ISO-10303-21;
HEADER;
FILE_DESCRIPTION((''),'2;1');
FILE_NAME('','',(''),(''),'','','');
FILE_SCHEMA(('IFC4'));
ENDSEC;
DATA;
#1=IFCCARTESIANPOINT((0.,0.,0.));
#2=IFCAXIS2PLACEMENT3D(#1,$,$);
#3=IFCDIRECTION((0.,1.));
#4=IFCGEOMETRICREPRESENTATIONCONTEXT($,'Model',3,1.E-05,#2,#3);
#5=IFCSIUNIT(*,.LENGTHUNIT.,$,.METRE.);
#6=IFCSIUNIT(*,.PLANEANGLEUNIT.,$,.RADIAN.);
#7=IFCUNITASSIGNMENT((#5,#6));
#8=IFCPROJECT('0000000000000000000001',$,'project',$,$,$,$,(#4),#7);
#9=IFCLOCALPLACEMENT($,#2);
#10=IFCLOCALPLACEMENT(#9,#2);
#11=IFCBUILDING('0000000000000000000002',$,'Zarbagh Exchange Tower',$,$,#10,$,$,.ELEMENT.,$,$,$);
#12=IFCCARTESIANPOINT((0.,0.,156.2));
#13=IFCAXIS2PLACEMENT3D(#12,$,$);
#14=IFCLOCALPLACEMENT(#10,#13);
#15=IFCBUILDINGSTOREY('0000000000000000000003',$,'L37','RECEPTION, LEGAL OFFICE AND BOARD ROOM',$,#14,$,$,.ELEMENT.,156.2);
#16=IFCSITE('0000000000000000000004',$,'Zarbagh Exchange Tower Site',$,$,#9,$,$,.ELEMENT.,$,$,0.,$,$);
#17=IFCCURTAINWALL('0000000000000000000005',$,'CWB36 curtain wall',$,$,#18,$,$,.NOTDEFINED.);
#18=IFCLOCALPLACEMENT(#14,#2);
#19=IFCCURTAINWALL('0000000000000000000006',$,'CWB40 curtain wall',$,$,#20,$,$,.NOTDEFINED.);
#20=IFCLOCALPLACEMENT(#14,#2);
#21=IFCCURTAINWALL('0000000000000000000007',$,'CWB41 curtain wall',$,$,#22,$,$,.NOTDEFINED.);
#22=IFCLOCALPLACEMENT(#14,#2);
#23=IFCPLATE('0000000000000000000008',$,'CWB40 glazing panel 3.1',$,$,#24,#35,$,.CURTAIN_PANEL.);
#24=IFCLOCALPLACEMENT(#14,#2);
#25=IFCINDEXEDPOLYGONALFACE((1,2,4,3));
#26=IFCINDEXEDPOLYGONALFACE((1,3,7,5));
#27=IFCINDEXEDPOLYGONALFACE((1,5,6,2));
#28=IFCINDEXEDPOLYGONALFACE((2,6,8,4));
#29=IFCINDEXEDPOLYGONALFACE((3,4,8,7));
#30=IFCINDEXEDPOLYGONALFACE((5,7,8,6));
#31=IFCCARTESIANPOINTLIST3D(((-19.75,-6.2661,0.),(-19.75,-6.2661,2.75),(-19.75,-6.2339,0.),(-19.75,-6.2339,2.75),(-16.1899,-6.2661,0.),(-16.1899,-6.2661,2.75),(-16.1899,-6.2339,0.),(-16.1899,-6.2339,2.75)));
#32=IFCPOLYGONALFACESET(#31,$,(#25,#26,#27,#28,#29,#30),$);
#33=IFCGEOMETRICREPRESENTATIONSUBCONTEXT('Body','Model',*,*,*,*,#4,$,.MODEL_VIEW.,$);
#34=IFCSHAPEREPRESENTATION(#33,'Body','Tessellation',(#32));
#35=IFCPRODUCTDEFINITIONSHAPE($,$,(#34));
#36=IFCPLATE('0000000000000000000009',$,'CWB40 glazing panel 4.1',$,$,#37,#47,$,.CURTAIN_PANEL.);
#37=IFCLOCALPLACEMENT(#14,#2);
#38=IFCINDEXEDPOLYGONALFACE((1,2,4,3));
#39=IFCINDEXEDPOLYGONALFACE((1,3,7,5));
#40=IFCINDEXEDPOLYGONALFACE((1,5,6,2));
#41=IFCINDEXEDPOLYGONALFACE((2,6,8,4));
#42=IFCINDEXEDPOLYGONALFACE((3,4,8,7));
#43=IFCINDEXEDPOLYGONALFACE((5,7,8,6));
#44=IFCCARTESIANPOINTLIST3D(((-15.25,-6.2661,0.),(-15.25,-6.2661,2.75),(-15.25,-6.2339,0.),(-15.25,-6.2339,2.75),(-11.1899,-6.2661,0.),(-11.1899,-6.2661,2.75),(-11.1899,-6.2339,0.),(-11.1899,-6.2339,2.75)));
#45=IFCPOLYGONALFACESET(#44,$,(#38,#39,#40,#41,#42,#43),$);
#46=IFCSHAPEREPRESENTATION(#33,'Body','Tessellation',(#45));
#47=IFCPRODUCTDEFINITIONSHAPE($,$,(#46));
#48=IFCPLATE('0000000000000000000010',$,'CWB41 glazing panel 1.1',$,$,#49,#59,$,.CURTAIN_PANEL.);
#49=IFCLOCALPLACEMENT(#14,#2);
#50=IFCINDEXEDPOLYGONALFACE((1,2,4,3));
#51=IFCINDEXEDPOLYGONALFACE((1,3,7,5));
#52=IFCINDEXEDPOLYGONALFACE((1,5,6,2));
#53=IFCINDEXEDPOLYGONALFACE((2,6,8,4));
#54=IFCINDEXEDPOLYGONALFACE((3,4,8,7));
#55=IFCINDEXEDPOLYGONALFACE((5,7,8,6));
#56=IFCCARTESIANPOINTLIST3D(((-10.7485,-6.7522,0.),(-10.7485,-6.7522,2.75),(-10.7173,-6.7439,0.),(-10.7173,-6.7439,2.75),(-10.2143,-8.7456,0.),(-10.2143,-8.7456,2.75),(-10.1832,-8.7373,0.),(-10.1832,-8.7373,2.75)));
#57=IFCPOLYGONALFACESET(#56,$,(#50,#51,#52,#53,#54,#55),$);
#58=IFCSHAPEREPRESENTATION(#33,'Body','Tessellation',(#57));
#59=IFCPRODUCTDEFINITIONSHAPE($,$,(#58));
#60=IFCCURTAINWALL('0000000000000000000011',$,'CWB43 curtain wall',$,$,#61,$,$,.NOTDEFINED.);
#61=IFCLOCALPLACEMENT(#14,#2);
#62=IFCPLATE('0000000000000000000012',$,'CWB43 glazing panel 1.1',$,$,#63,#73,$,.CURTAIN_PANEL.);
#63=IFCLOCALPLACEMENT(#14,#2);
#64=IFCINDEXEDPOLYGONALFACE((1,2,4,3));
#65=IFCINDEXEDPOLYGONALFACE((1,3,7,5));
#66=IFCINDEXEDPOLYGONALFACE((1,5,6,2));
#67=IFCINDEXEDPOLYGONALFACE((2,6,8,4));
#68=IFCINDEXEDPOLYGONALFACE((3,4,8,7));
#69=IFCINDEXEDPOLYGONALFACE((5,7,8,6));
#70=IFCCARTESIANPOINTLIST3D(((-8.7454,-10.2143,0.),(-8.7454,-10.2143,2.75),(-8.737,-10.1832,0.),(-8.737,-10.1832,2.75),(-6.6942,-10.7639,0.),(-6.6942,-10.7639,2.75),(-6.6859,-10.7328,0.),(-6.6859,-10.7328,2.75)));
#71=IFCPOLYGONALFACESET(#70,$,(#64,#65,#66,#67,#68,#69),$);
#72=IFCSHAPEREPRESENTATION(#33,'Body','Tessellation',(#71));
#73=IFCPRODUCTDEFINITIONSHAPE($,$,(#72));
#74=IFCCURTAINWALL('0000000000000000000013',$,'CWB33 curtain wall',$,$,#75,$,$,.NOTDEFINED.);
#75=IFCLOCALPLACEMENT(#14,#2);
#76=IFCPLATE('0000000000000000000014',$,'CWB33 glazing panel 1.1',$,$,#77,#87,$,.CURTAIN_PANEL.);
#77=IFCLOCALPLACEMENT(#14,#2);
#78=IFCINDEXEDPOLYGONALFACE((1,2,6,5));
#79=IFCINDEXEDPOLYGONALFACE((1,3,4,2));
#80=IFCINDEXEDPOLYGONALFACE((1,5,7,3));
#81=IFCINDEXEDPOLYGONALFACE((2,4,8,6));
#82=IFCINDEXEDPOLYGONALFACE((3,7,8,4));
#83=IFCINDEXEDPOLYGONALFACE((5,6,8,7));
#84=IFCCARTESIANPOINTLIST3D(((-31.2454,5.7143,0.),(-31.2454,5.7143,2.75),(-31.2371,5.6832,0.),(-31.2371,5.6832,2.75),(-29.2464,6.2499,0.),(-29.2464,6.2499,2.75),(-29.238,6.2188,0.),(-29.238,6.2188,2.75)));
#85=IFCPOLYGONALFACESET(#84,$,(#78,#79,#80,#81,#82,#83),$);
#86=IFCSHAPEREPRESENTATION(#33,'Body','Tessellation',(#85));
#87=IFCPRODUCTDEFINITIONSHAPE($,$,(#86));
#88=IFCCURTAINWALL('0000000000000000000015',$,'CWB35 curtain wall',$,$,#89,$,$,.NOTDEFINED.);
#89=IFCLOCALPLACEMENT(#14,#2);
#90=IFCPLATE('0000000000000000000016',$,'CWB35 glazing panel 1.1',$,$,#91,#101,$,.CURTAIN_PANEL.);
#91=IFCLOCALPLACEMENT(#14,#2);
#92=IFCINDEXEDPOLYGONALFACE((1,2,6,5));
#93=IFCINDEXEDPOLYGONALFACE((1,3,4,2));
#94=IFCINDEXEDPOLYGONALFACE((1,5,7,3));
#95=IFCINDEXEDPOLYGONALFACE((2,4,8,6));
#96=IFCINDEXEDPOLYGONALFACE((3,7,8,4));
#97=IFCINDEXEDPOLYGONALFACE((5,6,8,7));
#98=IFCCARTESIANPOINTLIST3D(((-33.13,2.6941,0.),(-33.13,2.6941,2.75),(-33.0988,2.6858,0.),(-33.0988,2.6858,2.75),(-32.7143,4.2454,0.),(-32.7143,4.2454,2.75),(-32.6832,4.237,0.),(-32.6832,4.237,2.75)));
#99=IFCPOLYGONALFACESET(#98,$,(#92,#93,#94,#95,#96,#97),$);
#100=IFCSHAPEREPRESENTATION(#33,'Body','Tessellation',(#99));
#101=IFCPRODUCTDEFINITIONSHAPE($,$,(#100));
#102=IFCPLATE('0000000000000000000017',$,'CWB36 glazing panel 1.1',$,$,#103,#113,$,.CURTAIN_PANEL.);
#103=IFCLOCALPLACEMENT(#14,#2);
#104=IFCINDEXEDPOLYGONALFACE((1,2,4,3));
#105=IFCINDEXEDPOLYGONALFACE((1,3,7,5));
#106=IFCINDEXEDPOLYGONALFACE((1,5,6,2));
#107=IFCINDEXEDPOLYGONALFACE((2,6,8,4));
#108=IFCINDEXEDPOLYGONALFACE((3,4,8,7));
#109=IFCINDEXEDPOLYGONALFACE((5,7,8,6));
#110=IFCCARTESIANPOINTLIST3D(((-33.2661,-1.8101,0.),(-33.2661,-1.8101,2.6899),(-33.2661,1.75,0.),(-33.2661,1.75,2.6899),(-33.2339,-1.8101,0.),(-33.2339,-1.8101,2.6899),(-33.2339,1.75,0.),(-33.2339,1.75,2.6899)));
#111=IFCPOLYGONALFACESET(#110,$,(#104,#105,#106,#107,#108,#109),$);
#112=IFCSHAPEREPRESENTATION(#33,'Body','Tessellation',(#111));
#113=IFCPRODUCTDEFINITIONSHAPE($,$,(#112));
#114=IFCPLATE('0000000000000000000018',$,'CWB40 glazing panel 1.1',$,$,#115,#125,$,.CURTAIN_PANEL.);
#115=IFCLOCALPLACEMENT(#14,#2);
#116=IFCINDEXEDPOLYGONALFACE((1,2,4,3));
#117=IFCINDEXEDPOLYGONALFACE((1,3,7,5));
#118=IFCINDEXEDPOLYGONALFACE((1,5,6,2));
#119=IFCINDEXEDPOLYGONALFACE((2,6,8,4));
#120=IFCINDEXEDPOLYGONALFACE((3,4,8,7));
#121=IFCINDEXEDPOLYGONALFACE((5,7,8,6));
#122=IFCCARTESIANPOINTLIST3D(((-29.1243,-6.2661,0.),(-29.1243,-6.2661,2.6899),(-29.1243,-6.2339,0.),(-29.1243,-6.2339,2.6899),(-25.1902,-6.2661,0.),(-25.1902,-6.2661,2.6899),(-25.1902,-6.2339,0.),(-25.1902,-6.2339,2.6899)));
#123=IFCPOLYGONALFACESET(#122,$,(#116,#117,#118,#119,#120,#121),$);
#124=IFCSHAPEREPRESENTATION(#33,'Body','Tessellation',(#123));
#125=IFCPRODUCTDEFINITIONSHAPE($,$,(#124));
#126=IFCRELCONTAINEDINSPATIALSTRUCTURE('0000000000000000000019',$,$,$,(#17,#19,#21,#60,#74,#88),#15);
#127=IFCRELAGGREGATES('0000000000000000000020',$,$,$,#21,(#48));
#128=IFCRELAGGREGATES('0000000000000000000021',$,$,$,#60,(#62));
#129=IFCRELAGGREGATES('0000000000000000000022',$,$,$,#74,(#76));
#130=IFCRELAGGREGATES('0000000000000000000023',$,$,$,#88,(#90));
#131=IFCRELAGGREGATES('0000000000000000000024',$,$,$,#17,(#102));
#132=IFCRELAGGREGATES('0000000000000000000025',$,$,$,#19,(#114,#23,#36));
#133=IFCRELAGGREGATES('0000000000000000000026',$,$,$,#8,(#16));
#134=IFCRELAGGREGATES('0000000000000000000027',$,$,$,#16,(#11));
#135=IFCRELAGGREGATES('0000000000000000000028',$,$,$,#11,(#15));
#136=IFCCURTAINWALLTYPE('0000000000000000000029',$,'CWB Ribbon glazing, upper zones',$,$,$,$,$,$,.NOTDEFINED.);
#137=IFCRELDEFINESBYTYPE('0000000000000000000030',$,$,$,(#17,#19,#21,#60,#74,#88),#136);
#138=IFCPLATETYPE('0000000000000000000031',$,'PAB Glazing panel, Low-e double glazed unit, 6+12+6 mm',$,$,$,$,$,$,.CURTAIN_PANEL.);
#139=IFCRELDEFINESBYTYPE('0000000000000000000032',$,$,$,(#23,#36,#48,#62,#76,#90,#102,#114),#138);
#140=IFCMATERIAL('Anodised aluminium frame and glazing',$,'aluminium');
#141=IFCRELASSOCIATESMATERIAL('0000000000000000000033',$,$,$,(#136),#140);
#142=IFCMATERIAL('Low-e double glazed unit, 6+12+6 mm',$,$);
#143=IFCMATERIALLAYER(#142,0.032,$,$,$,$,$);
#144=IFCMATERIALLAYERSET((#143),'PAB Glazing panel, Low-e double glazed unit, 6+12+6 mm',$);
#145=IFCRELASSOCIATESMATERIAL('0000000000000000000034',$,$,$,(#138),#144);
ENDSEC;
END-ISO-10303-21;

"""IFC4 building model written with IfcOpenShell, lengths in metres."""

from ifc_helpers import new_model, si_unit, direction, frame, origin, place, context, subcontext, project, spatial, polyline, outline, extrude, source, transform, mapped, material, layer, layer_set, type_object, element, aggregate, save


model = new_model("IFC4")

# Units and contexts
model_context = context("Model", 3, precision=1e-05, world=origin(), true_north=direction((0.0, 1.0)))
body_context = subcontext(model_context, "Body", "Model", "MODEL_VIEW")
ifc_project = project(units=[si_unit("LENGTHUNIT", "METRE"), si_unit("PLANEANGLEUNIT", "RADIAN")], contexts=[model_context])

# Site, building, storey
site_placement = place(None, origin())
site = spatial("IfcSite", under=ifc_project, at=site_placement, Name="Zarbagh Exchange Tower Site", CompositionType="ELEMENT", RefElevation=0.0)
building_placement = place(site_placement, origin())
building = spatial("IfcBuilding", under=site, at=building_placement, Name="Zarbagh Exchange Tower", CompositionType="ELEMENT")
storey_placement = place(building_placement, frame((0.0, 0.0, 156.2)))
storey = spatial("IfcBuildingStorey", under=building, at=storey_placement, Name="L37", Description="RECEPTION, LEGAL OFFICE AND BOARD ROOM", CompositionType="ELEMENT", Elevation=156.2)

# Curtain wall
ifc_material_1 = material(Name="Anodised aluminium frame and glazing", Category="aluminium")
curtain_wall_type = type_object("IfcCurtainWallType", Name="CWB Ribbon glazing, upper zones", PredefinedType="NOTDEFINED", material=ifc_material_1)
curtain_wall_1_placement = place(storey_placement, origin())
curtain_wall_1 = element("IfcCurtainWall", 1, at=curtain_wall_1_placement, inside=storey, type_object=curtain_wall_type, Name="CWB36 curtain wall", PredefinedType="NOTDEFINED")
placement = place(storey_placement, origin())

# Curtain wall
curtain_wall_2_placement = place(storey_placement, origin())
curtain_wall_2 = element("IfcCurtainWall", 2, at=curtain_wall_2_placement, inside=storey, type_object=curtain_wall_type, Name="CWB40 curtain wall", PredefinedType="NOTDEFINED")

# Curtain wall
curtain_wall_3_placement = place(storey_placement, origin())
curtain_wall_3 = element("IfcCurtainWall", 3, at=curtain_wall_3_placement, inside=storey, type_object=curtain_wall_type, Name="CWB41 curtain wall", PredefinedType="NOTDEFINED")

# Shared definitions
ifc_material_2 = material(Name="Low-e double glazed unit, 6+12+6 mm")
ifc_layer = layer(ifc_material_2, 0.032)
ifc_layer_set = layer_set([ifc_layer], Name="PAB Glazing panel, Low-e double glazed unit, 6+12+6 mm")
plate_type = type_object("IfcPlateType", Name="PAB Glazing panel, Low-e double glazed unit, 6+12+6 mm", PredefinedType="CURTAIN_PANEL", material=ifc_layer_set)

# Plates
shared_shape_1 = source(origin(), body_context, "Body", "SweptSolid", [
    extrude(outline(polyline([(0.0, -0.0161), (3.5601, -0.0161), (3.5601, 0.0161), (0.0, 0.0161), (0.0, -0.0161)])), origin(), (0.0, 0.0, 1.0), 2.75),
])
plate_1 = element("IfcPlate", 4, at=placement, type_object=plate_type, Name="CWB40 glazing panel 3.1", PredefinedType="CURTAIN_PANEL", context=body_context, shape_type="MappedRepresentation", body=[
    mapped(shared_shape_1, transform((-19.75, -6.25, 0.0), x_axis=(1.0, 0.0, 0.0), y_axis=(0.0, 1.0, 0.0), z_axis=(0.0, 0.0, 1.0))),
])
shared_shape_2 = source(origin(), body_context, "Body", "SweptSolid", [
    extrude(outline(polyline([(0.0, -0.0161), (4.0601, -0.0161), (4.0601, 0.0161), (0.0, 0.0161), (0.0, -0.0161)])), origin(), (0.0, 0.0, 1.0), 2.75),
])
plate_2 = element("IfcPlate", 5, at=placement, type_object=plate_type, Name="CWB40 glazing panel 4.1", PredefinedType="CURTAIN_PANEL", context=body_context, shape_type="MappedRepresentation", body=[
    mapped(shared_shape_2, transform((-15.25, -6.25, 0.0), x_axis=(1.0, 0.0, 0.0), y_axis=(0.0, 1.0, 0.0), z_axis=(0.0, 0.0, 1.0))),
])
shared_shape_3 = source(origin(), body_context, "Body", "SweptSolid", [
    extrude(outline(polyline([(0.0, -0.0161), (2.0637, -0.0161), (2.0637, 0.0161), (0.0, 0.0161), (0.0, -0.0161)])), origin(), (0.0, 0.0, 1.0), 2.75),
])
plate_3 = element("IfcPlate", 6, at=placement, type_object=plate_type, Name="CWB41 glazing panel 1.1", PredefinedType="CURTAIN_PANEL", context=body_context, shape_type="MappedRepresentation", body=[
    mapped(shared_shape_3, transform((-10.7329, -6.748, 0.0), x_axis=(0.258825, -0.965924, 0.0), y_axis=(0.965924, 0.258825, 0.0), z_axis=(0.0, 0.0, 1.0))),
])
aggregate(curtain_wall_3, [plate_3])

# Curtain walls, plates
curtain_wall_4_placement = place(storey_placement, origin())
curtain_wall_4 = element("IfcCurtainWall", 7, at=curtain_wall_4_placement, inside=storey, type_object=curtain_wall_type, Name="CWB43 curtain wall", PredefinedType="NOTDEFINED")
shared_shape_4 = source(origin(), body_context, "Body", "SweptSolid", [
    extrude(outline(polyline([(0.0, -0.0161), (2.1235, -0.0161), (2.1235, 0.0161), (0.0, 0.0161), (0.0, -0.0161)])), origin(), (0.0, 0.0, 1.0), 2.75),
])
plate_4 = element("IfcPlate", 8, at=placement, type_object=plate_type, Name="CWB43 glazing panel 1.1", PredefinedType="CURTAIN_PANEL", context=body_context, shape_type="MappedRepresentation", body=[
    mapped(shared_shape_4, transform((-8.7412, -10.1987, 0.0), x_axis=(0.965924, -0.258825, 0.0), y_axis=(0.258825, 0.965924, 0.0), z_axis=(0.0, 0.0, 1.0))),
])
aggregate(curtain_wall_4, [plate_4])
curtain_wall_5_placement = place(storey_placement, origin())
curtain_wall_5 = element("IfcCurtainWall", 9, at=curtain_wall_5_placement, inside=storey, type_object=curtain_wall_type, Name="CWB33 curtain wall", PredefinedType="NOTDEFINED")
shared_shape_5 = source(origin(), body_context, "Body", "SweptSolid", [
    extrude(outline(polyline([(0.0, -0.0161), (2.0696, -0.0161), (2.0696, 0.0161), (0.0, 0.0161), (0.0, -0.0161)])), origin(), (0.0, 0.0, 1.0), 2.75),
])
plate_5 = element("IfcPlate", 10, at=placement, type_object=plate_type, Name="CWB33 glazing panel 1.1", PredefinedType="CURTAIN_PANEL", context=body_context, shape_type="MappedRepresentation", body=[
    mapped(shared_shape_5, transform((-29.2422, 6.2344, 0.0), x_axis=(-0.965924, -0.258825, 0.0), y_axis=(0.258825, -0.965924, 0.0), z_axis=(0.0, 0.0, 1.0))),
])
aggregate(curtain_wall_5, [plate_5])
curtain_wall_6_placement = place(storey_placement, origin())
curtain_wall_6 = element("IfcCurtainWall", 11, at=curtain_wall_6_placement, inside=storey, type_object=curtain_wall_type, Name="CWB35 curtain wall", PredefinedType="NOTDEFINED")
shared_shape_6 = source(origin(), body_context, "Body", "SweptSolid", [
    extrude(outline(polyline([(0.0, -0.0161), (1.606, -0.0161), (1.606, 0.0161), (0.0, 0.0161), (0.0, -0.0161)])), origin(), (0.0, 0.0, 1.0), 2.75),
])
plate_6 = element("IfcPlate", 12, at=placement, type_object=plate_type, Name="CWB35 glazing panel 1.1", PredefinedType="CURTAIN_PANEL", context=body_context, shape_type="MappedRepresentation", body=[
    mapped(shared_shape_6, transform((-32.6987, 4.2412, 0.0), x_axis=(-0.258825, -0.965924, 0.0), y_axis=(0.965924, -0.258825, 0.0), z_axis=(0.0, 0.0, 1.0))),
])
aggregate(curtain_wall_6, [plate_6])

# Plates
shared_shape_7 = source(origin(), body_context, "Body", "SweptSolid", [
    extrude(outline(polyline([(0.0, -0.0161), (3.5601, -0.0161), (3.5601, 0.0161), (0.0, 0.0161), (0.0, -0.0161)])), origin(), (0.0, 0.0, 1.0), 2.6899),
])
plate_7 = element("IfcPlate", 13, at=placement, type_object=plate_type, Name="CWB36 glazing panel 1.1", PredefinedType="CURTAIN_PANEL", context=body_context, shape_type="MappedRepresentation", body=[
    mapped(shared_shape_7, transform((-33.25, 1.75, 0.0), x_axis=(0.0, -1.0, 0.0), y_axis=(1.0, 0.0, 0.0), z_axis=(0.0, 0.0, 1.0))),
])
aggregate(curtain_wall_1, [plate_7])
shared_shape_8 = source(origin(), body_context, "Body", "SweptSolid", [
    extrude(outline(polyline([(0.0, -0.0161), (3.9341, -0.0161), (3.9341, 0.0161), (0.0, 0.0161), (0.0, -0.0161)])), origin(), (0.0, 0.0, 1.0), 2.6899),
])
plate_8 = element("IfcPlate", 14, at=placement, type_object=plate_type, Name="CWB40 glazing panel 1.1", PredefinedType="CURTAIN_PANEL", context=body_context, shape_type="MappedRepresentation", body=[
    mapped(shared_shape_8, transform((-29.1243, -6.25, 0.0), x_axis=(1.0, 0.0, 0.0), y_axis=(0.0, 1.0, 0.0), z_axis=(0.0, 0.0, 1.0))),
])
aggregate(curtain_wall_2, [plate_8, plate_1, plate_2])

save(model, "model.ifc")
